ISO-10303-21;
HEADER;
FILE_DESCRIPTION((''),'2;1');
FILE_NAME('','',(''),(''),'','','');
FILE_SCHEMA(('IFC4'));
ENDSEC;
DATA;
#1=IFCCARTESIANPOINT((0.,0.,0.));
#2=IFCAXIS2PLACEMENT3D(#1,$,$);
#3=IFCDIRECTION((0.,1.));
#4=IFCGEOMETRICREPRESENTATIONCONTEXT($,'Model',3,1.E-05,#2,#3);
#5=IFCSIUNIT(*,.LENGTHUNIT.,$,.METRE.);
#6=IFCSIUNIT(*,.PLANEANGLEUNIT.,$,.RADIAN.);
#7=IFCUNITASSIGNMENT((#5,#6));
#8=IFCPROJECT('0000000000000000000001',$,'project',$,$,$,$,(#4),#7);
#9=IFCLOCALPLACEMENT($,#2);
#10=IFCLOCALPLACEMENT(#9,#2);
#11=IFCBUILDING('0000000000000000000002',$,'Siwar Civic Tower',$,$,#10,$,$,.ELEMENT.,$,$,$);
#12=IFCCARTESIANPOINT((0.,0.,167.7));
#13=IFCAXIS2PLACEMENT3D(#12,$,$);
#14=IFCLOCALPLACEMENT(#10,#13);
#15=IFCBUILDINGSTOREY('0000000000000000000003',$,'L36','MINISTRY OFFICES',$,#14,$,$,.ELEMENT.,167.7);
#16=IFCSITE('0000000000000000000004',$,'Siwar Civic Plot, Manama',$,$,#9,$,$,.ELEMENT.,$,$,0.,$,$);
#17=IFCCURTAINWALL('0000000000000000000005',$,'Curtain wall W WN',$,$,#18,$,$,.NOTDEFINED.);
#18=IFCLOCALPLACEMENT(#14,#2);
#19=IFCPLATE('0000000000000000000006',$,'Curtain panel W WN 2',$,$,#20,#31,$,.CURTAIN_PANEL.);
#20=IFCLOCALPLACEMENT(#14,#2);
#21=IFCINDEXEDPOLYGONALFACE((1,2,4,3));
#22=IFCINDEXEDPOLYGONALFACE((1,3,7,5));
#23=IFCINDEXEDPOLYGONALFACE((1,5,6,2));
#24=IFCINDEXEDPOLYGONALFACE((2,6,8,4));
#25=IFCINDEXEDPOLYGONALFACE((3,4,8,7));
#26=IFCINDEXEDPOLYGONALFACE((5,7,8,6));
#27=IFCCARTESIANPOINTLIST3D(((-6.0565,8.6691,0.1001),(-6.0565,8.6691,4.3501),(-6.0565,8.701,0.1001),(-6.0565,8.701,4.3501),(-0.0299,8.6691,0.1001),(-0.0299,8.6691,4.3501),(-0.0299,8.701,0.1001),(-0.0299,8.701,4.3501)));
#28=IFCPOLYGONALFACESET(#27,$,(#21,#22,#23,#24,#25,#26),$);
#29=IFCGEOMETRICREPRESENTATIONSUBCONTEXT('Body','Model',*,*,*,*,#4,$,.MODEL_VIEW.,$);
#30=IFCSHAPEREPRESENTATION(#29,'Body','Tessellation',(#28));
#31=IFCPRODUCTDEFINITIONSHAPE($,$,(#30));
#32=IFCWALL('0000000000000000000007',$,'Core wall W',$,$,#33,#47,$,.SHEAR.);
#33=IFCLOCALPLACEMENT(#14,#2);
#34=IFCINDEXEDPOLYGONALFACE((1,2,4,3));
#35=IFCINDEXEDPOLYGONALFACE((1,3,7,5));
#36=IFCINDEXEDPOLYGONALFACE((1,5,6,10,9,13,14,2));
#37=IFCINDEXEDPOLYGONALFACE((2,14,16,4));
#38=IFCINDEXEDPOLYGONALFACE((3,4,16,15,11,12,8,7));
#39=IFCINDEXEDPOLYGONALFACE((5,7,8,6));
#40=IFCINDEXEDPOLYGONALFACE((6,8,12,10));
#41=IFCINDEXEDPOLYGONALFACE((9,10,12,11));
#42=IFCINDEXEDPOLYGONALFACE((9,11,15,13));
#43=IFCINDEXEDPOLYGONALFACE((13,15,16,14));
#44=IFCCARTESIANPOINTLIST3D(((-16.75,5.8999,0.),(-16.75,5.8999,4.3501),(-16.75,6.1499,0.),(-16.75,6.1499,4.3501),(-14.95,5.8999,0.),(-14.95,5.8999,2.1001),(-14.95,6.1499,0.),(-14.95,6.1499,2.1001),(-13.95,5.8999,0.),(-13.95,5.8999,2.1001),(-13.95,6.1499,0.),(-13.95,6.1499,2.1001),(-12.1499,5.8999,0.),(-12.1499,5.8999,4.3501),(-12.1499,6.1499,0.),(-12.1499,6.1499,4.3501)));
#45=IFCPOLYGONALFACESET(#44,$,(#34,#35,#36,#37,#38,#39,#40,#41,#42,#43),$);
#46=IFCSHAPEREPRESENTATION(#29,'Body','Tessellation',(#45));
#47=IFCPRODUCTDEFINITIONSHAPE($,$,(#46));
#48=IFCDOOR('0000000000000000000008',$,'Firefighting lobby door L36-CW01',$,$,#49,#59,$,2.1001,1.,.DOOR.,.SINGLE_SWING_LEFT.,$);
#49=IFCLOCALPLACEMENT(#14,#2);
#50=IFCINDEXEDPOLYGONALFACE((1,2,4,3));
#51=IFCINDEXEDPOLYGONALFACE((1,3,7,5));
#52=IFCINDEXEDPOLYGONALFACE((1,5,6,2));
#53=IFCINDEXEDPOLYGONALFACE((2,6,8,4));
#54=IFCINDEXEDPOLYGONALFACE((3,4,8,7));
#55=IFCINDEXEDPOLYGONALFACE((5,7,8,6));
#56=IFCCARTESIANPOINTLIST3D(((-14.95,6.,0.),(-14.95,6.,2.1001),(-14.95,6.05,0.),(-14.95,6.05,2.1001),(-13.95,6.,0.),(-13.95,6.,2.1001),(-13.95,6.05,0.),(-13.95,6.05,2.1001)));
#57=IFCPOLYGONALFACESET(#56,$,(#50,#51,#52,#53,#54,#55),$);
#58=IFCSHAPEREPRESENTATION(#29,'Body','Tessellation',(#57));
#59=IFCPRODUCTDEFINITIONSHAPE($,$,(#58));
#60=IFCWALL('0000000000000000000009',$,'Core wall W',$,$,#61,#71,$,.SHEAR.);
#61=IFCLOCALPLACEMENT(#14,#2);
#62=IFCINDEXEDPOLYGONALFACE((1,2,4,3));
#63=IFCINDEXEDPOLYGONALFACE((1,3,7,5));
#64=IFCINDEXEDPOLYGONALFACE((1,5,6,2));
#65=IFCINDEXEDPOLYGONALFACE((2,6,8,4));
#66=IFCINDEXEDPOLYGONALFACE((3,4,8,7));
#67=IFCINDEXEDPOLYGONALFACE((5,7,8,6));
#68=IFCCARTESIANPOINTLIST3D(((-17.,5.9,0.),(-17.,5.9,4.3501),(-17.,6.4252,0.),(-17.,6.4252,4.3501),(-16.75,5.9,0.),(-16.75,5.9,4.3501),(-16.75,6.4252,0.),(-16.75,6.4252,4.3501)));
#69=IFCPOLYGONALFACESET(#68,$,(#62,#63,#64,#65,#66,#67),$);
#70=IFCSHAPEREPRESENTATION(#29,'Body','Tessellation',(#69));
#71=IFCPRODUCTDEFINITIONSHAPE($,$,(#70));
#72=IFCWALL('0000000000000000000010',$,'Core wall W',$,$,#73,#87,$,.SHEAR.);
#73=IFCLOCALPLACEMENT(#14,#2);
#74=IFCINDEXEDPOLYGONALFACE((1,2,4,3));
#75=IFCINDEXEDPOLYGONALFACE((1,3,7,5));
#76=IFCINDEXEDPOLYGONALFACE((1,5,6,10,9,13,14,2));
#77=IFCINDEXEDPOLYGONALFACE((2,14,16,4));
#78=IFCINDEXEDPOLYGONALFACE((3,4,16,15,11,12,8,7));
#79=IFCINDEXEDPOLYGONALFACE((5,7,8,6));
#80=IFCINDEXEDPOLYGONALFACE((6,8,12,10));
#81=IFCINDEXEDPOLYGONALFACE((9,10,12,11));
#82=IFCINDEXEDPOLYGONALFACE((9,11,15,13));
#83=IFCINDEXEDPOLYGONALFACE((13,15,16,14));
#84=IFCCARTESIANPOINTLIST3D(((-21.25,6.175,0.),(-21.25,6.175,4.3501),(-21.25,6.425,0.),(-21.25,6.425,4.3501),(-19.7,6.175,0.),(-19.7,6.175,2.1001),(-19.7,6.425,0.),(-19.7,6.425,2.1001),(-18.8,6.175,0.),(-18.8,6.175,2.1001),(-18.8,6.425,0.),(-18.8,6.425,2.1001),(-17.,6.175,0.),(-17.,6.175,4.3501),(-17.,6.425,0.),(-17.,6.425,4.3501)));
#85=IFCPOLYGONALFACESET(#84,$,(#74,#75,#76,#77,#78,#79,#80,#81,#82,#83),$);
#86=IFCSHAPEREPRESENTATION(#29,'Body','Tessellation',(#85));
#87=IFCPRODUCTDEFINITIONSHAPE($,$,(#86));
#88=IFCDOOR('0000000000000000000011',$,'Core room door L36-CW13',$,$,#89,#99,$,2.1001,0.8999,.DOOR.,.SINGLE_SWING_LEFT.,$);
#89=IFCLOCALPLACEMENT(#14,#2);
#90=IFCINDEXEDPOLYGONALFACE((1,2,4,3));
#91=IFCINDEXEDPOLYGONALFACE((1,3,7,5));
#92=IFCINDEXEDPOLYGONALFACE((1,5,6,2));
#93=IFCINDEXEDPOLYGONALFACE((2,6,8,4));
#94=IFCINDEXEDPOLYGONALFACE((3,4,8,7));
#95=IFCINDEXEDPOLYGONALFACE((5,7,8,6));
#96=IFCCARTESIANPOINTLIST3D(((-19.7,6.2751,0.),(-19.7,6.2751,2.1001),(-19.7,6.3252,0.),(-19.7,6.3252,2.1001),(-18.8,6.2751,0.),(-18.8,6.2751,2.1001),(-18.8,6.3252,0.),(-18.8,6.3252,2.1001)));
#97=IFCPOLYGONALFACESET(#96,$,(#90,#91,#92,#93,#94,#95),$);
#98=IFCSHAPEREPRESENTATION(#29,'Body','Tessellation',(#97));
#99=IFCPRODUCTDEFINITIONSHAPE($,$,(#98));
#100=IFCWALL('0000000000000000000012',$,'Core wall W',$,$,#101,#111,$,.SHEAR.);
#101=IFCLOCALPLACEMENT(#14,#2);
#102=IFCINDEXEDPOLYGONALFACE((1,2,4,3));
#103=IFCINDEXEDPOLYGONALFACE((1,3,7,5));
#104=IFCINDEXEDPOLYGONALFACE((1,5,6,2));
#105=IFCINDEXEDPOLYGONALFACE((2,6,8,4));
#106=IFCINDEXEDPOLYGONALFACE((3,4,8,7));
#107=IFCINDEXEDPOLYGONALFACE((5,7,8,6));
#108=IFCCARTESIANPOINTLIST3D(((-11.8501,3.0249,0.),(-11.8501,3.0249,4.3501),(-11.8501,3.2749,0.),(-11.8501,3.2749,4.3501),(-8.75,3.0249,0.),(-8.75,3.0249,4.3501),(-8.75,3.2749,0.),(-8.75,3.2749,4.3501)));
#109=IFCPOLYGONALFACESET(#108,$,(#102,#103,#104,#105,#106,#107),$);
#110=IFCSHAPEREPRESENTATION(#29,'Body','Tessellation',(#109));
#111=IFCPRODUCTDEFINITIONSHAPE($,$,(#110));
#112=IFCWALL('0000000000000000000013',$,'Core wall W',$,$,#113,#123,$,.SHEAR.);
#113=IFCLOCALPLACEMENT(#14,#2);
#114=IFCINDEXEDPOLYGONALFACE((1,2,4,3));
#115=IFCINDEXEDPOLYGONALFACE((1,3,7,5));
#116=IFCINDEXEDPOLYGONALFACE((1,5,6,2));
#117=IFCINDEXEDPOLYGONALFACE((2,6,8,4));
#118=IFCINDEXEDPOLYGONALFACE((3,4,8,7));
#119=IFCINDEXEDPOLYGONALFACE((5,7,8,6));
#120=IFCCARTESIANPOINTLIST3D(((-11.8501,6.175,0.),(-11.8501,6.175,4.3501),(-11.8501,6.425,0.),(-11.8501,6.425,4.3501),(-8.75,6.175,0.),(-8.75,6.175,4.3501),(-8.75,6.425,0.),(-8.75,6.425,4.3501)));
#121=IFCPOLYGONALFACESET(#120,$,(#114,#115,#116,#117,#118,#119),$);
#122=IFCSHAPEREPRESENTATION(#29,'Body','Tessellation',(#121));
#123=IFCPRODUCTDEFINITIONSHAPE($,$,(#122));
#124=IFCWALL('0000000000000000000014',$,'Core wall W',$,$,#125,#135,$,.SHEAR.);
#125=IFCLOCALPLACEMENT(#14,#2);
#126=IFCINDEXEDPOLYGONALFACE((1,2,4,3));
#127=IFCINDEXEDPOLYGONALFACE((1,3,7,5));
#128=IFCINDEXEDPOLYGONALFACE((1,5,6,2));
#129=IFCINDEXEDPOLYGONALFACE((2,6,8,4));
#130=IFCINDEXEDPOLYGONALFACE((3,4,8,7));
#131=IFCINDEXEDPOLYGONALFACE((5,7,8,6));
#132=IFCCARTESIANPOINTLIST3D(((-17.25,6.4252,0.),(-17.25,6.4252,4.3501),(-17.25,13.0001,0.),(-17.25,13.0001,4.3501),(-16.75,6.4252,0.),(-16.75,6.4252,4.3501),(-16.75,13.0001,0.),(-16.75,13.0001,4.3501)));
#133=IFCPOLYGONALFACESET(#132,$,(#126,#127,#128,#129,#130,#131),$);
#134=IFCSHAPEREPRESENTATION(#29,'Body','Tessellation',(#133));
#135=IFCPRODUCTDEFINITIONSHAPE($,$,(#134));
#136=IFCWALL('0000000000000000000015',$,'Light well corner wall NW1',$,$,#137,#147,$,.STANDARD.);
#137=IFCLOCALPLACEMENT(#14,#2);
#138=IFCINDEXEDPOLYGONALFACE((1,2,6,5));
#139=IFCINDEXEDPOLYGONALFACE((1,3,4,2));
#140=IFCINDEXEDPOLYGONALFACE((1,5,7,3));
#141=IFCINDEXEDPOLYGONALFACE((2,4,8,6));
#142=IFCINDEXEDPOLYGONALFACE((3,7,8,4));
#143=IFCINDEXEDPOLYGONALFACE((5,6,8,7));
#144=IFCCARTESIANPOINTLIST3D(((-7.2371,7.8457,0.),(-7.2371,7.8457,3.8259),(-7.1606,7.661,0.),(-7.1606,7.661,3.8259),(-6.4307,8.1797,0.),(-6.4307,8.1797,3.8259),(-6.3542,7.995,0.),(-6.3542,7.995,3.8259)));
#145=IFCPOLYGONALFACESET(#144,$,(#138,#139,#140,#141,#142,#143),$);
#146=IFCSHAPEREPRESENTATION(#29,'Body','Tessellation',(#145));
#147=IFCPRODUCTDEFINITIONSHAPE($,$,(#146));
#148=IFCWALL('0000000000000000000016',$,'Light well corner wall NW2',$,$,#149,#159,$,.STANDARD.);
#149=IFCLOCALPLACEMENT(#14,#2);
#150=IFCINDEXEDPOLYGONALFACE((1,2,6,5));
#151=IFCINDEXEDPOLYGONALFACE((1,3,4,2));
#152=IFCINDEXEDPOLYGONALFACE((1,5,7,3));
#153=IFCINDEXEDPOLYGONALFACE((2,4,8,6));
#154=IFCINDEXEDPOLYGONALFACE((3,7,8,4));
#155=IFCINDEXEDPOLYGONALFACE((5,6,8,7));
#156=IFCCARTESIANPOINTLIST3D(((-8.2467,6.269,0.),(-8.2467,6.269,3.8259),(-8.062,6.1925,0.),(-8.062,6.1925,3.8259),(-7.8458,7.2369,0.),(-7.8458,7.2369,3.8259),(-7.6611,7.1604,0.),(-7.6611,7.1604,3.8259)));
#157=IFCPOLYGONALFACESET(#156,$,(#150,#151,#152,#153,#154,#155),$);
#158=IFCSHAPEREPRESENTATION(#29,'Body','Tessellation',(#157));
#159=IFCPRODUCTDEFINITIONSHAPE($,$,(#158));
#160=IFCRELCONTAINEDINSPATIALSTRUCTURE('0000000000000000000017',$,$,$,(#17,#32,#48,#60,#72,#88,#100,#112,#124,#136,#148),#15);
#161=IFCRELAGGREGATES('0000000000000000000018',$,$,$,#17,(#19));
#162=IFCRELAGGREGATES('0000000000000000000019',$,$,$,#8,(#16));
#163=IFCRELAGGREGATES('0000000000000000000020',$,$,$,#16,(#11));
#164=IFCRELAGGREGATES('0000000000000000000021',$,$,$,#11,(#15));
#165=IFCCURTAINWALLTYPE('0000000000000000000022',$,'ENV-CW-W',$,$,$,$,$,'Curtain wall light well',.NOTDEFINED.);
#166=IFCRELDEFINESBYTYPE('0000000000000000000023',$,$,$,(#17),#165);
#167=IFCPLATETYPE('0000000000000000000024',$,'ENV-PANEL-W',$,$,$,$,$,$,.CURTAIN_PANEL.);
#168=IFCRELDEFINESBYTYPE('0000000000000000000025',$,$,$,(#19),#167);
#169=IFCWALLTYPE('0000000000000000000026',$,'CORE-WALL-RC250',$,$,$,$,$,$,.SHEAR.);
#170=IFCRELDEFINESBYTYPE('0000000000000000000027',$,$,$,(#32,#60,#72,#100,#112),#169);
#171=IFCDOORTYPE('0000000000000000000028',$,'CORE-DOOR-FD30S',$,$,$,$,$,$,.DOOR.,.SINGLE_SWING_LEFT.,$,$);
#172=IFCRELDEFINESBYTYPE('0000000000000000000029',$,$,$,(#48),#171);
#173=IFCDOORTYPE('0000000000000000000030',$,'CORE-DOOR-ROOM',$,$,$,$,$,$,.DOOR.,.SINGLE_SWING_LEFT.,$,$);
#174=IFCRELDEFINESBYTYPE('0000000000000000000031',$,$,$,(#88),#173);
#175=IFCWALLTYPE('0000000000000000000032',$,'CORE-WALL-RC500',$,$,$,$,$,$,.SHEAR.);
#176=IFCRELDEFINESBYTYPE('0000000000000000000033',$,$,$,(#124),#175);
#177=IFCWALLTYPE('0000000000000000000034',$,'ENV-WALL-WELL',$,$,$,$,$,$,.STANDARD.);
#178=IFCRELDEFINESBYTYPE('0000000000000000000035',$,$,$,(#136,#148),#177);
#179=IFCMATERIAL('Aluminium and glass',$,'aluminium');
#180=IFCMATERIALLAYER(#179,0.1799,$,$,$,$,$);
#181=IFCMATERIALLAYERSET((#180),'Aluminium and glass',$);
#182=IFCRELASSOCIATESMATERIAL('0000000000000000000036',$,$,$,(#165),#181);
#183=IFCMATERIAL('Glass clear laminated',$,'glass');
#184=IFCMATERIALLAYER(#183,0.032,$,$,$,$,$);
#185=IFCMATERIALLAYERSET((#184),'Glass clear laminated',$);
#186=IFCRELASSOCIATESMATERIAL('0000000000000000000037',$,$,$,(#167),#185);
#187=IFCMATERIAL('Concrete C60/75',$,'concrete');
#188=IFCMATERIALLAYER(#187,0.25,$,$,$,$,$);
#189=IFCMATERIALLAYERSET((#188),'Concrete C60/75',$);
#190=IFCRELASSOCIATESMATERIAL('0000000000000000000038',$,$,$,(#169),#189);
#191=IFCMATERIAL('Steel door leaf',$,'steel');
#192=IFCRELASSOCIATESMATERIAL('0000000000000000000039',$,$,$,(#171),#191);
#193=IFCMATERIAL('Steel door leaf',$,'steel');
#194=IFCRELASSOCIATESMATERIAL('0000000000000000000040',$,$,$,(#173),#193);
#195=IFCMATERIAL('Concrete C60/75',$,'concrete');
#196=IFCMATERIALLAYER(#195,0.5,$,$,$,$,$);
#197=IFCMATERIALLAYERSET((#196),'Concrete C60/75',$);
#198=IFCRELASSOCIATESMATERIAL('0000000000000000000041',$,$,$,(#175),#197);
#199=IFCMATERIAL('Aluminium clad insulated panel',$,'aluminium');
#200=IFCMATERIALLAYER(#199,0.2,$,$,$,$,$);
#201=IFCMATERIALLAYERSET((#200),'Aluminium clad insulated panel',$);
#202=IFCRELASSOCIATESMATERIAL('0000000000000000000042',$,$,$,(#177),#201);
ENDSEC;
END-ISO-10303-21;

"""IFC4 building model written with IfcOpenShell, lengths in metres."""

from ifc_helpers import new_model, si_unit, direction, frame, frame_2d, origin, origin_2d, place, context, subcontext, project, spatial, rectangle, extrude, material, layer, layer_set, type_object, element, fill, aggregate, save


model = new_model("IFC4")

# Units and contexts
model_context = context("Model", 3, precision=1e-05, world=origin(), true_north=direction((0.0, 1.0)))
body_context = subcontext(model_context, "Body", "Model", "MODEL_VIEW")
ifc_project = project(units=[si_unit("LENGTHUNIT", "METRE"), si_unit("PLANEANGLEUNIT", "RADIAN")], contexts=[model_context])

# Site, building, storey
site_placement = place(None, origin())
site = spatial("IfcSite", under=ifc_project, at=site_placement, Name="Siwar Civic Plot, Manama", CompositionType="ELEMENT", RefElevation=0.0)
building_placement = place(site_placement, origin())
building = spatial("IfcBuilding", under=site, at=building_placement, Name="Siwar Civic Tower", CompositionType="ELEMENT")
storey_placement = place(building_placement, frame((0.0, 0.0, 167.7)))
storey = spatial("IfcBuildingStorey", under=building, at=storey_placement, Name="L36", Description="MINISTRY OFFICES", CompositionType="ELEMENT", Elevation=167.7)

# Curtain wall
ifc_material_1 = material(Name="Aluminium and glass", Category="aluminium")
ifc_layer_1 = layer(ifc_material_1, 0.1799)
ifc_layer_set_1 = layer_set([ifc_layer_1], Name="Aluminium and glass")
curtain_wall_type = type_object("IfcCurtainWallType", Name="ENV-CW-W", ElementType="Curtain wall light well", PredefinedType="NOTDEFINED", material=ifc_layer_set_1)
curtain_wall_placement = place(storey_placement, origin())
curtain_wall = element("IfcCurtainWall", 1, at=curtain_wall_placement, inside=storey, type_object=curtain_wall_type, Name="Curtain wall W WN", PredefinedType="NOTDEFINED")

# Plate
ifc_material_2 = material(Name="Glass clear laminated", Category="glass")
ifc_layer_2 = layer(ifc_material_2, 0.032)
ifc_layer_set_2 = layer_set([ifc_layer_2], Name="Glass clear laminated")
plate_type = type_object("IfcPlateType", Name="ENV-PANEL-W", PredefinedType="CURTAIN_PANEL", material=ifc_layer_set_2)
plate_placement = place(storey_placement, frame((-3.0432, 8.6851, 0.1001), z_axis=(0.0, 0.0, 1.0), x_axis=(-1.0, 0.0, 0.0)))
plate = element("IfcPlate", 2, at=plate_placement, type_object=plate_type, Name="Curtain panel W WN 2", PredefinedType="CURTAIN_PANEL", context=body_context, shape_type="SweptSolid", body=[
    extrude(rectangle(XDim=6.0266, YDim=0.032, at=origin_2d()), origin(), (0.0, 0.0, 1.0), 4.25),
])
aggregate(curtain_wall, [plate])

# Wall, opening, door
ifc_material_3 = material(Name="Concrete C60/75", Category="concrete")
ifc_layer_3 = layer(ifc_material_3, 0.25)
ifc_layer_set_3 = layer_set([ifc_layer_3], Name="Concrete C60/75")
wall_type_1 = type_object("IfcWallType", Name="CORE-WALL-RC250", PredefinedType="SHEAR", material=ifc_layer_set_3)
wall_1_placement = place(storey_placement, frame((-12.1499, 6.0249, 0.0), z_axis=(0.0, 0.0, 1.0), x_axis=(-1.0, 0.0, 0.0)))
wall_1 = element("IfcWall", 3, at=wall_1_placement, inside=storey, type_object=wall_type_1, Name="Core wall W", PredefinedType="SHEAR", context=body_context, shape_type="SweptSolid", body=[
    extrude(rectangle(XDim=4.6001, YDim=0.25, at=frame_2d((2.3, 0.0))), origin(), (0.0, 0.0, 1.0), 4.3501),
])
opening_1_placement = place(wall_1_placement, frame((1.8, 0.0, 0.0)))
opening_1 = element("IfcOpeningElement", 4, at=opening_1_placement, cuts=wall_1, PredefinedType="OPENING", context=body_context, shape_type="SweptSolid", body=[
    extrude(rectangle(XDim=1.0, YDim=2.1001, at=frame_2d((0.5, 1.05))), frame((0.0, 0.135, 0.0), z_axis=(0.0, -1.0, 0.0), x_axis=(1.0, 0.0, 0.0)), (0.0, 0.0, 1.0), 0.27),
])
ifc_material_4 = material(Name="Steel door leaf", Category="steel")
door_type_1 = type_object("IfcDoorType", Name="CORE-DOOR-FD30S", OperationType="SINGLE_SWING_LEFT", PredefinedType="DOOR", material=ifc_material_4)
door_1_placement = place(opening_1_placement, origin())
door_1 = element("IfcDoor", 5, at=door_1_placement, inside=storey, type_object=door_type_1, Name="Firefighting lobby door L36-CW01", OperationType="SINGLE_SWING_LEFT", OverallHeight=2.1001, OverallWidth=1.0, PredefinedType="DOOR", context=body_context, shape_type="SweptSolid", body=[
    extrude(rectangle(XDim=1.0, YDim=2.1001, at=frame_2d((0.5, 1.05))), frame((0.0, 0.0249, 0.0), z_axis=(0.0, -1.0, 0.0), x_axis=(1.0, 0.0, 0.0)), (0.0, 0.0, 1.0), 0.05),
])
fill(opening_1, door_1)

# Wall
wall_2_placement = place(storey_placement, frame((-16.875, 5.8999, 0.0), z_axis=(0.0, 0.0, 1.0), x_axis=(0.0, 1.0, 0.0)))
element("IfcWall", 6, at=wall_2_placement, inside=storey, type_object=wall_type_1, Name="Core wall W", PredefinedType="SHEAR", context=body_context, shape_type="SweptSolid", body=[
    extrude(rectangle(XDim=0.5251, YDim=0.25, at=frame_2d((0.2627, 0.0))), origin(), (0.0, 0.0, 1.0), 4.3501),
])

# Wall, opening, door
wall_3_placement = place(storey_placement, frame((-17.0, 6.3, 0.0), z_axis=(0.0, 0.0, 1.0), x_axis=(-1.0, 0.0, 0.0)))
wall_3 = element("IfcWall", 7, at=wall_3_placement, inside=storey, type_object=wall_type_1, Name="Core wall W", PredefinedType="SHEAR", context=body_context, shape_type="SweptSolid", body=[
    extrude(rectangle(XDim=4.25, YDim=0.25, at=frame_2d((2.125, 0.0))), origin(), (0.0, 0.0, 1.0), 4.3501),
])
opening_2_placement = place(wall_3_placement, frame((1.8, 0.0, 0.0)))
opening_2 = element("IfcOpeningElement", 8, at=opening_2_placement, cuts=wall_3, PredefinedType="OPENING", context=body_context, shape_type="SweptSolid", body=[
    extrude(rectangle(XDim=0.8999, YDim=2.1001, at=frame_2d((0.45, 1.05))), frame((0.0, 0.135, 0.0), z_axis=(0.0, -1.0, 0.0), x_axis=(1.0, 0.0, 0.0)), (0.0, 0.0, 1.0), 0.27),
])
ifc_material_5 = material(Name="Steel door leaf", Category="steel")
door_type_2 = type_object("IfcDoorType", Name="CORE-DOOR-ROOM", OperationType="SINGLE_SWING_LEFT", PredefinedType="DOOR", material=ifc_material_5)
door_2_placement = place(opening_2_placement, origin())
door_2 = element("IfcDoor", 9, at=door_2_placement, inside=storey, type_object=door_type_2, Name="Core room door L36-CW13", OperationType="SINGLE_SWING_LEFT", OverallHeight=2.1001, OverallWidth=0.8999, PredefinedType="DOOR", context=body_context, shape_type="SweptSolid", body=[
    extrude(rectangle(XDim=0.8999, YDim=2.1001, at=frame_2d((0.45, 1.05))), frame((0.0, 0.0249, 0.0), z_axis=(0.0, -1.0, 0.0), x_axis=(1.0, 0.0, 0.0)), (0.0, 0.0, 1.0), 0.05),
])
fill(opening_2, door_2)

# Walls
for number, where, z_axis, x_axis, name in (
    (10, (-8.75, 3.1499, 0.0), (0.0, 0.0, 1.0), (-1.0, 0.0, 0.0), "Core wall W"),
    (11, (-8.75, 6.3, 0.0), (0.0, 0.0, 1.0), (-1.0, 0.0, 0.0), "Core wall W"),
):
    element("IfcWall", number, at=place(storey_placement, frame(where, z_axis=z_axis, x_axis=x_axis)), inside=storey, type_object=wall_type_1, Name=name, PredefinedType="SHEAR", context=body_context, shape_type="SweptSolid", body=[
        extrude(rectangle(XDim=3.1001, YDim=0.25, at=frame_2d((1.55, 0.0))), origin(), (0.0, 0.0, 1.0), 4.3501),
    ])
ifc_material_6 = material(Name="Concrete C60/75", Category="concrete")
ifc_layer_4 = layer(ifc_material_6, 0.5)
ifc_layer_set_4 = layer_set([ifc_layer_4], Name="Concrete C60/75")
wall_type_2 = type_object("IfcWallType", Name="CORE-WALL-RC500", PredefinedType="SHEAR", material=ifc_layer_set_4)
wall_4_placement = place(storey_placement, frame((-17.0, 6.425, 0.0), z_axis=(0.0, 0.0, 1.0), x_axis=(0.0, 1.0, 0.0)))
element("IfcWall", 12, at=wall_4_placement, inside=storey, type_object=wall_type_2, Name="Core wall W", PredefinedType="SHEAR", context=body_context, shape_type="SweptSolid", body=[
    extrude(rectangle(XDim=6.575, YDim=0.5, at=frame_2d((3.2876, 0.0))), origin(), (0.0, 0.0, 1.0), 4.3501),
])
ifc_material_7 = material(Name="Aluminium clad insulated panel", Category="aluminium")
ifc_layer_5 = layer(ifc_material_7, 0.2)
ifc_layer_set_5 = layer_set([ifc_layer_5], Name="Aluminium clad insulated panel")
wall_type_3 = type_object("IfcWallType", Name="ENV-WALL-WELL", PredefinedType="STANDARD", material=ifc_layer_set_5)
wall_5_placement = place(storey_placement, frame((-6.3923, 8.0874, 0.0), z_axis=(0.0, 0.0, 1.0), x_axis=(-0.923894, -0.382648, 0.0)))
element("IfcWall", 13, at=wall_5_placement, inside=storey, type_object=wall_type_3, Name="Light well corner wall NW1", PredefinedType="STANDARD", context=body_context, shape_type="SweptSolid", body=[
    extrude(rectangle(XDim=0.8728, YDim=0.2, at=frame_2d((0.4365, 0.0))), origin(), (0.0, 0.0, 1.0), 3.8259),
])
wall_6_placement = place(storey_placement, frame((-7.7534, 7.1987, 0.0), z_axis=(0.0, 0.0, 1.0), x_axis=(-0.382695, -0.923875, 0.0)))
element("IfcWall", 14, at=wall_6_placement, inside=storey, type_object=wall_type_3, Name="Light well corner wall NW2", PredefinedType="STANDARD", context=body_context, shape_type="SweptSolid", body=[
    extrude(rectangle(XDim=1.0476, YDim=0.2, at=frame_2d((0.5239, 0.0))), origin(), (0.0, 0.0, 1.0), 3.8259),
])

save(model, "model.ifc")
